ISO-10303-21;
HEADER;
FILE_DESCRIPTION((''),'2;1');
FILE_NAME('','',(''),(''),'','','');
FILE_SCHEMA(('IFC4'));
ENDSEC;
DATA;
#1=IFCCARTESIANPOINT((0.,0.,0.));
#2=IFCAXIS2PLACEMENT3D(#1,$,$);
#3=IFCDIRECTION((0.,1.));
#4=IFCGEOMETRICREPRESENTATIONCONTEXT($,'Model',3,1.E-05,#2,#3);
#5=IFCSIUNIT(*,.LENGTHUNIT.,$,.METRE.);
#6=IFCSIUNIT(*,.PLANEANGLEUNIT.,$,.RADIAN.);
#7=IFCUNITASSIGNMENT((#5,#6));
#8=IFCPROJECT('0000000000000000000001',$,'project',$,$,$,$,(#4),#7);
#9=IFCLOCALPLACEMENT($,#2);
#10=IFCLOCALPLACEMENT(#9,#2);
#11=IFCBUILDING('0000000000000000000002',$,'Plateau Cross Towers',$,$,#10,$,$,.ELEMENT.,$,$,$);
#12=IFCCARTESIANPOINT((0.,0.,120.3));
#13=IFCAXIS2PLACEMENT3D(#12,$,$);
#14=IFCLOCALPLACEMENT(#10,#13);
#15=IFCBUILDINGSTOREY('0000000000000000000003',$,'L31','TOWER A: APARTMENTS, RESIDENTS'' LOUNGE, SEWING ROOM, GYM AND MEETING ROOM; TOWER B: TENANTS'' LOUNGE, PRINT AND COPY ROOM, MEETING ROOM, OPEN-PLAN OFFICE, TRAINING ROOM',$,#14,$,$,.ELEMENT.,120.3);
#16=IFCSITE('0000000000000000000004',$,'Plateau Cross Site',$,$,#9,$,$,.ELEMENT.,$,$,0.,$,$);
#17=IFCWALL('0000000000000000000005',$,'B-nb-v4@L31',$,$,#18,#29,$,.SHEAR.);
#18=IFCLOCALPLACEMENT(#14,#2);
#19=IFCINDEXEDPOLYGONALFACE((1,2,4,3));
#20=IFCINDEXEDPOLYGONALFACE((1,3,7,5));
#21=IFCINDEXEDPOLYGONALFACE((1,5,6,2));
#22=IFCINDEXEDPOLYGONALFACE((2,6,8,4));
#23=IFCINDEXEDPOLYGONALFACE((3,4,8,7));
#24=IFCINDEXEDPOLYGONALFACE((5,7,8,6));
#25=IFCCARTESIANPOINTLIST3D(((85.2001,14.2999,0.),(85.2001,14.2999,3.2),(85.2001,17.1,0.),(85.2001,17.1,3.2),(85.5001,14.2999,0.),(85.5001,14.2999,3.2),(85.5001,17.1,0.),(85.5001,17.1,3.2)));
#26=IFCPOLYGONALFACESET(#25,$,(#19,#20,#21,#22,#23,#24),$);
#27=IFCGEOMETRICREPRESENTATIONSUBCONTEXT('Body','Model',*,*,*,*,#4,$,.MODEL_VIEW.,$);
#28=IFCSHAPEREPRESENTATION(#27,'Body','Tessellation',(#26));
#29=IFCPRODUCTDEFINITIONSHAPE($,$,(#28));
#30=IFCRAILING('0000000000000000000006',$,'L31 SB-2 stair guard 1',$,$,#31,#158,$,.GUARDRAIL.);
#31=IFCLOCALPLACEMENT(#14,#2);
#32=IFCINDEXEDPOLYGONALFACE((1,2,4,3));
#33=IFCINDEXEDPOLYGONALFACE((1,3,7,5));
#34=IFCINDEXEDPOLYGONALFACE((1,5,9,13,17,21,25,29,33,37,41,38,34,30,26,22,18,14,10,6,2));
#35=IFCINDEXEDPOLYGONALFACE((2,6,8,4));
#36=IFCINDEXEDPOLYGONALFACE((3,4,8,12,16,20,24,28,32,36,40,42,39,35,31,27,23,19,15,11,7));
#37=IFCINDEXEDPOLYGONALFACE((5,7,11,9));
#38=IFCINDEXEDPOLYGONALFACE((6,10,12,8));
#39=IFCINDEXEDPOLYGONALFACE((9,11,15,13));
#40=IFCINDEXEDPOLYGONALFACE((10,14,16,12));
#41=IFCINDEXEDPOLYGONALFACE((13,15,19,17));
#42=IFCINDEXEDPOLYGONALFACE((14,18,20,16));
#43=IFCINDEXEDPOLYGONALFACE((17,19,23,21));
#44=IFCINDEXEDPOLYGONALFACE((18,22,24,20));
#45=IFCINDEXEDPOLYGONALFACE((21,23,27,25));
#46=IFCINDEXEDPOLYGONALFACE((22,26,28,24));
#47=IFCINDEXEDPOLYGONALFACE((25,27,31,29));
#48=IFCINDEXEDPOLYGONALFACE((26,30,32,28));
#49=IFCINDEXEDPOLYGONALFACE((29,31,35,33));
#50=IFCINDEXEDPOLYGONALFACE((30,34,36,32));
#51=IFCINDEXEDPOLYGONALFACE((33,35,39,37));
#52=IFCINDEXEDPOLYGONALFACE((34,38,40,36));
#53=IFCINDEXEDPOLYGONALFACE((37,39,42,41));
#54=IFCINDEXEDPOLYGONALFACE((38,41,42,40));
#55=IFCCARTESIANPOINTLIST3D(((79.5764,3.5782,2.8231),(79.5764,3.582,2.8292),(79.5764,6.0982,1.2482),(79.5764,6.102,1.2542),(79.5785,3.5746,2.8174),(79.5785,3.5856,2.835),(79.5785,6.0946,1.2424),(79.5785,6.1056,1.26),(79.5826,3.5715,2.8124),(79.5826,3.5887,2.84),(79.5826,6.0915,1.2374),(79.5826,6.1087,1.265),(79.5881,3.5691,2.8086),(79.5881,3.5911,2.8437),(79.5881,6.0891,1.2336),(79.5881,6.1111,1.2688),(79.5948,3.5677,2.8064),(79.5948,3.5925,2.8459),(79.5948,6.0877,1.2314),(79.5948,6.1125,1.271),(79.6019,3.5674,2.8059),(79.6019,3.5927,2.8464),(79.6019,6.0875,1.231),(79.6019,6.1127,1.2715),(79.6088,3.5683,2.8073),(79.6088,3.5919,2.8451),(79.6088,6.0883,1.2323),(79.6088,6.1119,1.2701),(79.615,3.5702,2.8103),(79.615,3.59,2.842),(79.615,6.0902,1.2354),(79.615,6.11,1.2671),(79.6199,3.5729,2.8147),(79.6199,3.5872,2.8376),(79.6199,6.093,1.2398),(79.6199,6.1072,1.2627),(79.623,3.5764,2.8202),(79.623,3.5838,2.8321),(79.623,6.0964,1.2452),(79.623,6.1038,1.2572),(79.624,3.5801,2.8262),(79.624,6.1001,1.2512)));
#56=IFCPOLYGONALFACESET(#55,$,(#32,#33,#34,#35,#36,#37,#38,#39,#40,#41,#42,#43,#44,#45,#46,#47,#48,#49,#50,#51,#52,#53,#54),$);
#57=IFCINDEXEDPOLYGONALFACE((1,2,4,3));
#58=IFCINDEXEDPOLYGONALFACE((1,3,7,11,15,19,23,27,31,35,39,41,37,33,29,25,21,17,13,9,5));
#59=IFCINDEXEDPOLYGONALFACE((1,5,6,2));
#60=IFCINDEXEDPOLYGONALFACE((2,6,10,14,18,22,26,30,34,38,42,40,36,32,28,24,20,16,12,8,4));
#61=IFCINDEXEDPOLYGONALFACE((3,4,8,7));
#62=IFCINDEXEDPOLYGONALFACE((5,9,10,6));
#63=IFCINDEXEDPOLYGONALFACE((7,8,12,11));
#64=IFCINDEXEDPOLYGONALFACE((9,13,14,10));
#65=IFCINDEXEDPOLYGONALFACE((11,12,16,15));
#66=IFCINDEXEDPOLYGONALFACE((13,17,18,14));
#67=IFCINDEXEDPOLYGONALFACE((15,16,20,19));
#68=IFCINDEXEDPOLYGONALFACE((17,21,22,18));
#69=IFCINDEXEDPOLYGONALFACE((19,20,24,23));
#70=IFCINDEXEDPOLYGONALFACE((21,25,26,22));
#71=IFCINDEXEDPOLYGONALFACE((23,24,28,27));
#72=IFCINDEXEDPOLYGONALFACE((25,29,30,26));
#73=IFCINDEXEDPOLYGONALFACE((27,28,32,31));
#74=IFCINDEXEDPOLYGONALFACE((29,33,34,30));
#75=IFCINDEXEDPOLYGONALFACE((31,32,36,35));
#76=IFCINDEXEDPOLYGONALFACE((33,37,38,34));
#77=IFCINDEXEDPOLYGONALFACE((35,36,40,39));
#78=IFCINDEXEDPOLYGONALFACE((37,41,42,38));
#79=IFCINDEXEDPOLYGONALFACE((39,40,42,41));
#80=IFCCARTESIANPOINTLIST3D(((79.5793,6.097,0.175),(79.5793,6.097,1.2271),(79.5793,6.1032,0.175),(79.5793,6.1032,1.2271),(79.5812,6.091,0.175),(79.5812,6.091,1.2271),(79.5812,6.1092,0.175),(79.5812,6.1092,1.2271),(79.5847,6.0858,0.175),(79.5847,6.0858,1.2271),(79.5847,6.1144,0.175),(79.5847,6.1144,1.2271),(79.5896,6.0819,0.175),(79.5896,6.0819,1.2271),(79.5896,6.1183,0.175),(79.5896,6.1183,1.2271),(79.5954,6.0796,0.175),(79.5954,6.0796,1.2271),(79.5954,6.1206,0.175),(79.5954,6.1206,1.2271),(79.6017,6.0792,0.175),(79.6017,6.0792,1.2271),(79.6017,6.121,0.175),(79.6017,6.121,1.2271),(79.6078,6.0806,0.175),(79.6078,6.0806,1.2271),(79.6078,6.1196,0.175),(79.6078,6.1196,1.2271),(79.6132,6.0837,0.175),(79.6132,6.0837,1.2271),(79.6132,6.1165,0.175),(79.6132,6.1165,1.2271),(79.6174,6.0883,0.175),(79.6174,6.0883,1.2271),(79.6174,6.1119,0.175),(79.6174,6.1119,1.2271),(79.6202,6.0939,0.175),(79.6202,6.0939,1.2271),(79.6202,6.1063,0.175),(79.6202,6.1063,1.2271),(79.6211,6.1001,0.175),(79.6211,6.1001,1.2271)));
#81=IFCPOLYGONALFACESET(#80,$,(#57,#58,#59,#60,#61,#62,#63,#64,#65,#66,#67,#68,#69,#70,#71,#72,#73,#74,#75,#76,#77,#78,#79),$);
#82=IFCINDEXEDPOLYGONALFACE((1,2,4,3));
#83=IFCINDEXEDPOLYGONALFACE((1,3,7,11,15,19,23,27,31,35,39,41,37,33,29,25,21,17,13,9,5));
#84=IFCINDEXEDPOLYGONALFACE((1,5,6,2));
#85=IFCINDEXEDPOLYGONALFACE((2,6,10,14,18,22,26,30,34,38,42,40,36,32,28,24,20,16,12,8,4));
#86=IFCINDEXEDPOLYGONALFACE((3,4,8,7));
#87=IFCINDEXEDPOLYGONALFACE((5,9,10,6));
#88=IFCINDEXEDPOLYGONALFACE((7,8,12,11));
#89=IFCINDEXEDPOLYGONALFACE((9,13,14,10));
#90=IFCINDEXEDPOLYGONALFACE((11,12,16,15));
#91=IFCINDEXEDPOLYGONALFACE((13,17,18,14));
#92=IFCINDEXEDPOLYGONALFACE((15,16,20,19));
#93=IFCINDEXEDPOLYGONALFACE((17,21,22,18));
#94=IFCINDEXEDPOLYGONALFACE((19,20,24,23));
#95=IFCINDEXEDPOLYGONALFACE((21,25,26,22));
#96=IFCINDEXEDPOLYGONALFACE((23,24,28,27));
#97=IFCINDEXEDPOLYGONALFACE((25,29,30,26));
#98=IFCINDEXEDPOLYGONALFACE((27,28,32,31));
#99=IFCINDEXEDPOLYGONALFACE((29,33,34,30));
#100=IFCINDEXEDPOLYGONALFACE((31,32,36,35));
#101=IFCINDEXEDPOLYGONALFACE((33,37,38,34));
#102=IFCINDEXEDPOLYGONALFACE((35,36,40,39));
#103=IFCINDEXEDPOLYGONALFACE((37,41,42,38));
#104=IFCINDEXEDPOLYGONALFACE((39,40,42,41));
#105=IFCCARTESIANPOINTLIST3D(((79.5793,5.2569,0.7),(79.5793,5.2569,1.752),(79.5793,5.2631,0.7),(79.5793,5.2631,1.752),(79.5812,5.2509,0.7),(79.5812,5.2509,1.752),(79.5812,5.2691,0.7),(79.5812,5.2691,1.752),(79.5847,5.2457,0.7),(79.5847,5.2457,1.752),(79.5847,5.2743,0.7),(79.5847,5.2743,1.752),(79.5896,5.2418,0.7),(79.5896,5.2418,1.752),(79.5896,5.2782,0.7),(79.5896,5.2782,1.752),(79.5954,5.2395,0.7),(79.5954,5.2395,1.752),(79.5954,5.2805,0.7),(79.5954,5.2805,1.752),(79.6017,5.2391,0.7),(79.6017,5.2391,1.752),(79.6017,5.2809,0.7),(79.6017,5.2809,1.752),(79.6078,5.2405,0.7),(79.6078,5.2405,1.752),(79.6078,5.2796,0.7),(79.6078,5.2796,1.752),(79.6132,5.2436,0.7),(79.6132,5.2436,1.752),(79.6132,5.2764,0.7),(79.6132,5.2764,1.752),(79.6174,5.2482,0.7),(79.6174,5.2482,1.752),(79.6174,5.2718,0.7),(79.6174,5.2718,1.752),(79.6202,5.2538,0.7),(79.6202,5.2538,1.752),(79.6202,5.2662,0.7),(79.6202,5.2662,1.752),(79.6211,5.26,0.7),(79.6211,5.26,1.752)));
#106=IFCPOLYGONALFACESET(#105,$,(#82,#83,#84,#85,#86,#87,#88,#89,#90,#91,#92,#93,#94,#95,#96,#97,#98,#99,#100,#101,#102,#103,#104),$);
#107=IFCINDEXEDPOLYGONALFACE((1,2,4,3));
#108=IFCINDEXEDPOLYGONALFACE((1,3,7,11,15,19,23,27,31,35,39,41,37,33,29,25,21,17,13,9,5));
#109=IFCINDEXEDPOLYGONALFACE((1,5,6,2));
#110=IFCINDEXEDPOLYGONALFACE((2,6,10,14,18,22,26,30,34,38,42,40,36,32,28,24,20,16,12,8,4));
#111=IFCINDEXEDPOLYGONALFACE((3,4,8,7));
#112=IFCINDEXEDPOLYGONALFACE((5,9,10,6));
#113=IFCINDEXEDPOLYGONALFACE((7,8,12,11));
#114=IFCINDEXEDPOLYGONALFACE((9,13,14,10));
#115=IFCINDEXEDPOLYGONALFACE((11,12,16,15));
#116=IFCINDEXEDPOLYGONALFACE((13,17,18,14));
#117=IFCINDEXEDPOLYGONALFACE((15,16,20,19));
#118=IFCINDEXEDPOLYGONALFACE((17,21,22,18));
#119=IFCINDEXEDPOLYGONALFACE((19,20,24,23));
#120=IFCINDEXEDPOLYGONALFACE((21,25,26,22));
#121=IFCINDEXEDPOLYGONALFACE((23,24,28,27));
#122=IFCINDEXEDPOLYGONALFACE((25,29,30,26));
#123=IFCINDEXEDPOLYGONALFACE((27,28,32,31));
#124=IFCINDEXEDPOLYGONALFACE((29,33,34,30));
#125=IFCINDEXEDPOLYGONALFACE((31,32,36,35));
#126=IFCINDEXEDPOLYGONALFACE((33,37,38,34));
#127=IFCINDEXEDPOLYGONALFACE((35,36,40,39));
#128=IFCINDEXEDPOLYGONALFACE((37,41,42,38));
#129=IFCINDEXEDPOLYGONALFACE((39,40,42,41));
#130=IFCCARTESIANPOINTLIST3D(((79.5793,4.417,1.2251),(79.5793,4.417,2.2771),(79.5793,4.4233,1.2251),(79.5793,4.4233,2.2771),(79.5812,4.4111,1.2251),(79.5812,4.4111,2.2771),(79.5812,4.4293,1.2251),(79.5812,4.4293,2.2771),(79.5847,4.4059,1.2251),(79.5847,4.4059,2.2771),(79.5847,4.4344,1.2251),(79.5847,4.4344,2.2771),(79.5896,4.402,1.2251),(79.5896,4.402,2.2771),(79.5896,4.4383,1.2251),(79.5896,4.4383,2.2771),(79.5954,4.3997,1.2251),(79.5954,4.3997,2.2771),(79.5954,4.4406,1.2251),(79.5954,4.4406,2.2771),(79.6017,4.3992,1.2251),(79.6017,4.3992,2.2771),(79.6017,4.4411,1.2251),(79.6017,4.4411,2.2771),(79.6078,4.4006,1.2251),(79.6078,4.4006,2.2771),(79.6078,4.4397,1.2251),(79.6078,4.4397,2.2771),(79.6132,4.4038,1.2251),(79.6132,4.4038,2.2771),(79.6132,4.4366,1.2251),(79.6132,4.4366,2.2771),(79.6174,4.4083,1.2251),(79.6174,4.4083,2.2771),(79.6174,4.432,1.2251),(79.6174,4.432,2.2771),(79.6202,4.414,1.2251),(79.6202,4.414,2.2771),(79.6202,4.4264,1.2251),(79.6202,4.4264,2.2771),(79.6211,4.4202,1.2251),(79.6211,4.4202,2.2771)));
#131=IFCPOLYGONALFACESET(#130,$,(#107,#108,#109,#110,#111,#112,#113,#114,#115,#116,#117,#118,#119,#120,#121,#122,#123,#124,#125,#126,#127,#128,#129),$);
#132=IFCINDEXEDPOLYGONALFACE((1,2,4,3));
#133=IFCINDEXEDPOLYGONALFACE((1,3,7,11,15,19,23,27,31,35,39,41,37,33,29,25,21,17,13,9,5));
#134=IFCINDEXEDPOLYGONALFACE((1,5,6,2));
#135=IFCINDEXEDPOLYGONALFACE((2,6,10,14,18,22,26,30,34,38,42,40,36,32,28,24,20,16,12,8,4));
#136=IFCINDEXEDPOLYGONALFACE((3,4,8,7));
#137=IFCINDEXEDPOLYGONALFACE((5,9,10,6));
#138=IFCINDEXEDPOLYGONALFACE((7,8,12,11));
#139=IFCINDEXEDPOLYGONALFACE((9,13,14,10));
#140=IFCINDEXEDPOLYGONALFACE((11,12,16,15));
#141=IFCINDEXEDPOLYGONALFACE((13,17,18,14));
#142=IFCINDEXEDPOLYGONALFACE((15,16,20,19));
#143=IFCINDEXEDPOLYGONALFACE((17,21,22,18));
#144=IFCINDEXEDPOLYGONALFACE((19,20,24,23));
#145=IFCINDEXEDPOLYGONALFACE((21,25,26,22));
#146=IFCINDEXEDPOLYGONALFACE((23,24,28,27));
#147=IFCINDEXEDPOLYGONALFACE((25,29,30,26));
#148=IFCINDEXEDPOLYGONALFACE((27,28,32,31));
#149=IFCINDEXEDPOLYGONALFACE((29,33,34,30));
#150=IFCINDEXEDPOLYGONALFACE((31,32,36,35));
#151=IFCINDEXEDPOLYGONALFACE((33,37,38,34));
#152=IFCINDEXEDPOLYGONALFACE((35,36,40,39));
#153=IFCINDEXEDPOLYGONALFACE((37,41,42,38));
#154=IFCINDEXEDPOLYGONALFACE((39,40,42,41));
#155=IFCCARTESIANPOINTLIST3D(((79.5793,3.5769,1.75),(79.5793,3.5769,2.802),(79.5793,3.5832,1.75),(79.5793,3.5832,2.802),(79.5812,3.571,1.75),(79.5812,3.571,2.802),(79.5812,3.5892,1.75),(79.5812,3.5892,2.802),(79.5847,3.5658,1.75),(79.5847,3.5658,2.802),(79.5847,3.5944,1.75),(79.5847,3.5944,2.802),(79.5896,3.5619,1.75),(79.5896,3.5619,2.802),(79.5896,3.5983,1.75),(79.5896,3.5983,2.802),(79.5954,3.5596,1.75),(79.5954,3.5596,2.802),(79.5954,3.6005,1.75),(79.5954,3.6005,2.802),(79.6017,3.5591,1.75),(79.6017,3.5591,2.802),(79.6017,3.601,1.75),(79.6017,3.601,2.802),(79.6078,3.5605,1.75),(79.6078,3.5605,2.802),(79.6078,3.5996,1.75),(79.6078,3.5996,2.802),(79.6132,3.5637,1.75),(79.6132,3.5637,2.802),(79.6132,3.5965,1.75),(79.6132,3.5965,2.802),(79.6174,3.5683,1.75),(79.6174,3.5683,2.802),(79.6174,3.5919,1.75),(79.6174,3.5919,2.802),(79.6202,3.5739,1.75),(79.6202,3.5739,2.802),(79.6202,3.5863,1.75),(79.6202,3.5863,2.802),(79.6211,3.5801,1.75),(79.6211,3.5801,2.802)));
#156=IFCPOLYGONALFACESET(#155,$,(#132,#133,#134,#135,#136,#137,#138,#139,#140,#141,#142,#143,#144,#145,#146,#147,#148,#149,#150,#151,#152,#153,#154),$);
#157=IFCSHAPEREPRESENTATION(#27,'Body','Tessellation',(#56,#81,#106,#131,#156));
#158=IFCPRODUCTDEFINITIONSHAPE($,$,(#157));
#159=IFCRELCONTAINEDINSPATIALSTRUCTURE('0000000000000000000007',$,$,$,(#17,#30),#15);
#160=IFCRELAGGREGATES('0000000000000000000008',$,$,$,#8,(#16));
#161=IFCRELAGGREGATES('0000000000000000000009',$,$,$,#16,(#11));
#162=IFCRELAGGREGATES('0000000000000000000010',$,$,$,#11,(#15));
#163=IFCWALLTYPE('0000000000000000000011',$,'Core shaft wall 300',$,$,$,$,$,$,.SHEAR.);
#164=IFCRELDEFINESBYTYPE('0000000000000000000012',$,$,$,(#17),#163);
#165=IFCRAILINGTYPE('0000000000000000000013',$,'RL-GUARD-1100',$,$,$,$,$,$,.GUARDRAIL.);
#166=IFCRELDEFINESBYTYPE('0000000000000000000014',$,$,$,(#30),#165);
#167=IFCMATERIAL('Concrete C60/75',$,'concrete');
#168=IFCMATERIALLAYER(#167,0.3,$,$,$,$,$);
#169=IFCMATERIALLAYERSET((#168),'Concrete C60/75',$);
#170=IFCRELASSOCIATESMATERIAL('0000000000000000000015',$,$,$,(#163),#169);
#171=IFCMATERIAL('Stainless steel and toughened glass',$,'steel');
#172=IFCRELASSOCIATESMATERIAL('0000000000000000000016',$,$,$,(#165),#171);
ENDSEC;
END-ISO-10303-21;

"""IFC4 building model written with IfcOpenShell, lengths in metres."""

from ifc_helpers import new_model, si_unit, direction, frame, frame_2d, origin, origin_2d, place, context, subcontext, project, spatial, rectangle, circle, extrude, material, layer, layer_set, type_object, element, save


model = new_model("IFC4")

# Units and contexts
model_context = context("Model", 3, precision=1e-05, world=origin(), true_north=direction((0.0, 1.0)))
body_context = subcontext(model_context, "Body", "Model", "MODEL_VIEW")
ifc_project = project(units=[si_unit("LENGTHUNIT", "METRE"), si_unit("PLANEANGLEUNIT", "RADIAN")], contexts=[model_context])

# Site, building, storey
site_placement = place(None, origin())
site = spatial("IfcSite", under=ifc_project, at=site_placement, Name="Plateau Cross Site", CompositionType="ELEMENT", RefElevation=0.0)
building_placement = place(site_placement, origin())
building = spatial("IfcBuilding", under=site, at=building_placement, Name="Plateau Cross Towers", CompositionType="ELEMENT")
storey_placement = place(building_placement, frame((0.0, 0.0, 120.3)))
storey = spatial("IfcBuildingStorey", under=building, at=storey_placement, Name="L31", Description="TOWER A: APARTMENTS, RESIDENTS' LOUNGE, SEWING ROOM, GYM AND MEETING ROOM; TOWER B: TENANTS' LOUNGE, PRINT AND COPY ROOM, MEETING ROOM, OPEN-PLAN OFFICE, TRAINING ROOM", CompositionType="ELEMENT", Elevation=120.3)

# Shared definitions
ifc_material_1 = material(Name="Concrete C60/75", Category="concrete")

# Wall
ifc_layer_1 = layer(ifc_material_1, 0.3)
ifc_layer_set_1 = layer_set([ifc_layer_1], Name="Concrete C60/75")
wall_type_1 = type_object("IfcWallType", Name="Core shaft wall 300", PredefinedType="SHEAR", material=ifc_layer_set_1)
for number, where, z_axis, x_axis, name in (
    (1, (85.3501, 14.3, 0.0), (0.0, 0.0, 1.0), (0.0, 1.0, 0.0), "B-nb-v4@L31"),
):
    element("IfcWall", number, at=place(storey_placement, frame(where, z_axis=z_axis, x_axis=x_axis)), inside=storey, type_object=wall_type_1, Name=name, PredefinedType="SHEAR", context=body_context, shape_type="SweptSolid", body=[
        extrude(rectangle(XDim=2.8, YDim=0.3, at=frame_2d((1.3999, 0.0))), origin(), (0.0, 0.0, 1.0), 3.2),
    ])

# Railing
ifc_material_2 = material(Name="Stainless steel and toughened glass", Category="steel")
railing_type = type_object("IfcRailingType", Name="RL-GUARD-1100", PredefinedType="GUARDRAIL", material=ifc_material_2)
railing_1_placement = place(storey_placement, frame((79.6001, 6.1001, 0.175)))
element("IfcRailing", 2, at=railing_1_placement, inside=storey, type_object=railing_type, Name="L31 SB-2 stair guard 1", PredefinedType="GUARDRAIL", context=body_context, shape_type="SweptSolid", body=[
    extrude(circle(Radius=0.0239, at=origin_2d()), frame((0.0, 0.0, 1.0762), z_axis=(0.0, -0.848008, 0.529984), x_axis=(1.0, 0.0, 0.0)), (0.0, 0.0, 1.0), 2.9717),
    extrude(circle(Radius=0.021, at=origin_2d()), origin(), (0.0, 0.0, 1.0), 1.052),
    extrude(circle(Radius=0.021, at=origin_2d()), frame((0.0, -0.8401, 0.5249)), (0.0, 0.0, 1.0), 1.052),
    extrude(circle(Radius=0.021, at=origin_2d()), frame((0.0, -1.6799, 1.05)), (0.0, 0.0, 1.0), 1.052),
    extrude(circle(Radius=0.021, at=origin_2d()), frame((0.0, -2.52, 1.575)), (0.0, 0.0, 1.0), 1.052),
])

save(model, "model.ifc")
